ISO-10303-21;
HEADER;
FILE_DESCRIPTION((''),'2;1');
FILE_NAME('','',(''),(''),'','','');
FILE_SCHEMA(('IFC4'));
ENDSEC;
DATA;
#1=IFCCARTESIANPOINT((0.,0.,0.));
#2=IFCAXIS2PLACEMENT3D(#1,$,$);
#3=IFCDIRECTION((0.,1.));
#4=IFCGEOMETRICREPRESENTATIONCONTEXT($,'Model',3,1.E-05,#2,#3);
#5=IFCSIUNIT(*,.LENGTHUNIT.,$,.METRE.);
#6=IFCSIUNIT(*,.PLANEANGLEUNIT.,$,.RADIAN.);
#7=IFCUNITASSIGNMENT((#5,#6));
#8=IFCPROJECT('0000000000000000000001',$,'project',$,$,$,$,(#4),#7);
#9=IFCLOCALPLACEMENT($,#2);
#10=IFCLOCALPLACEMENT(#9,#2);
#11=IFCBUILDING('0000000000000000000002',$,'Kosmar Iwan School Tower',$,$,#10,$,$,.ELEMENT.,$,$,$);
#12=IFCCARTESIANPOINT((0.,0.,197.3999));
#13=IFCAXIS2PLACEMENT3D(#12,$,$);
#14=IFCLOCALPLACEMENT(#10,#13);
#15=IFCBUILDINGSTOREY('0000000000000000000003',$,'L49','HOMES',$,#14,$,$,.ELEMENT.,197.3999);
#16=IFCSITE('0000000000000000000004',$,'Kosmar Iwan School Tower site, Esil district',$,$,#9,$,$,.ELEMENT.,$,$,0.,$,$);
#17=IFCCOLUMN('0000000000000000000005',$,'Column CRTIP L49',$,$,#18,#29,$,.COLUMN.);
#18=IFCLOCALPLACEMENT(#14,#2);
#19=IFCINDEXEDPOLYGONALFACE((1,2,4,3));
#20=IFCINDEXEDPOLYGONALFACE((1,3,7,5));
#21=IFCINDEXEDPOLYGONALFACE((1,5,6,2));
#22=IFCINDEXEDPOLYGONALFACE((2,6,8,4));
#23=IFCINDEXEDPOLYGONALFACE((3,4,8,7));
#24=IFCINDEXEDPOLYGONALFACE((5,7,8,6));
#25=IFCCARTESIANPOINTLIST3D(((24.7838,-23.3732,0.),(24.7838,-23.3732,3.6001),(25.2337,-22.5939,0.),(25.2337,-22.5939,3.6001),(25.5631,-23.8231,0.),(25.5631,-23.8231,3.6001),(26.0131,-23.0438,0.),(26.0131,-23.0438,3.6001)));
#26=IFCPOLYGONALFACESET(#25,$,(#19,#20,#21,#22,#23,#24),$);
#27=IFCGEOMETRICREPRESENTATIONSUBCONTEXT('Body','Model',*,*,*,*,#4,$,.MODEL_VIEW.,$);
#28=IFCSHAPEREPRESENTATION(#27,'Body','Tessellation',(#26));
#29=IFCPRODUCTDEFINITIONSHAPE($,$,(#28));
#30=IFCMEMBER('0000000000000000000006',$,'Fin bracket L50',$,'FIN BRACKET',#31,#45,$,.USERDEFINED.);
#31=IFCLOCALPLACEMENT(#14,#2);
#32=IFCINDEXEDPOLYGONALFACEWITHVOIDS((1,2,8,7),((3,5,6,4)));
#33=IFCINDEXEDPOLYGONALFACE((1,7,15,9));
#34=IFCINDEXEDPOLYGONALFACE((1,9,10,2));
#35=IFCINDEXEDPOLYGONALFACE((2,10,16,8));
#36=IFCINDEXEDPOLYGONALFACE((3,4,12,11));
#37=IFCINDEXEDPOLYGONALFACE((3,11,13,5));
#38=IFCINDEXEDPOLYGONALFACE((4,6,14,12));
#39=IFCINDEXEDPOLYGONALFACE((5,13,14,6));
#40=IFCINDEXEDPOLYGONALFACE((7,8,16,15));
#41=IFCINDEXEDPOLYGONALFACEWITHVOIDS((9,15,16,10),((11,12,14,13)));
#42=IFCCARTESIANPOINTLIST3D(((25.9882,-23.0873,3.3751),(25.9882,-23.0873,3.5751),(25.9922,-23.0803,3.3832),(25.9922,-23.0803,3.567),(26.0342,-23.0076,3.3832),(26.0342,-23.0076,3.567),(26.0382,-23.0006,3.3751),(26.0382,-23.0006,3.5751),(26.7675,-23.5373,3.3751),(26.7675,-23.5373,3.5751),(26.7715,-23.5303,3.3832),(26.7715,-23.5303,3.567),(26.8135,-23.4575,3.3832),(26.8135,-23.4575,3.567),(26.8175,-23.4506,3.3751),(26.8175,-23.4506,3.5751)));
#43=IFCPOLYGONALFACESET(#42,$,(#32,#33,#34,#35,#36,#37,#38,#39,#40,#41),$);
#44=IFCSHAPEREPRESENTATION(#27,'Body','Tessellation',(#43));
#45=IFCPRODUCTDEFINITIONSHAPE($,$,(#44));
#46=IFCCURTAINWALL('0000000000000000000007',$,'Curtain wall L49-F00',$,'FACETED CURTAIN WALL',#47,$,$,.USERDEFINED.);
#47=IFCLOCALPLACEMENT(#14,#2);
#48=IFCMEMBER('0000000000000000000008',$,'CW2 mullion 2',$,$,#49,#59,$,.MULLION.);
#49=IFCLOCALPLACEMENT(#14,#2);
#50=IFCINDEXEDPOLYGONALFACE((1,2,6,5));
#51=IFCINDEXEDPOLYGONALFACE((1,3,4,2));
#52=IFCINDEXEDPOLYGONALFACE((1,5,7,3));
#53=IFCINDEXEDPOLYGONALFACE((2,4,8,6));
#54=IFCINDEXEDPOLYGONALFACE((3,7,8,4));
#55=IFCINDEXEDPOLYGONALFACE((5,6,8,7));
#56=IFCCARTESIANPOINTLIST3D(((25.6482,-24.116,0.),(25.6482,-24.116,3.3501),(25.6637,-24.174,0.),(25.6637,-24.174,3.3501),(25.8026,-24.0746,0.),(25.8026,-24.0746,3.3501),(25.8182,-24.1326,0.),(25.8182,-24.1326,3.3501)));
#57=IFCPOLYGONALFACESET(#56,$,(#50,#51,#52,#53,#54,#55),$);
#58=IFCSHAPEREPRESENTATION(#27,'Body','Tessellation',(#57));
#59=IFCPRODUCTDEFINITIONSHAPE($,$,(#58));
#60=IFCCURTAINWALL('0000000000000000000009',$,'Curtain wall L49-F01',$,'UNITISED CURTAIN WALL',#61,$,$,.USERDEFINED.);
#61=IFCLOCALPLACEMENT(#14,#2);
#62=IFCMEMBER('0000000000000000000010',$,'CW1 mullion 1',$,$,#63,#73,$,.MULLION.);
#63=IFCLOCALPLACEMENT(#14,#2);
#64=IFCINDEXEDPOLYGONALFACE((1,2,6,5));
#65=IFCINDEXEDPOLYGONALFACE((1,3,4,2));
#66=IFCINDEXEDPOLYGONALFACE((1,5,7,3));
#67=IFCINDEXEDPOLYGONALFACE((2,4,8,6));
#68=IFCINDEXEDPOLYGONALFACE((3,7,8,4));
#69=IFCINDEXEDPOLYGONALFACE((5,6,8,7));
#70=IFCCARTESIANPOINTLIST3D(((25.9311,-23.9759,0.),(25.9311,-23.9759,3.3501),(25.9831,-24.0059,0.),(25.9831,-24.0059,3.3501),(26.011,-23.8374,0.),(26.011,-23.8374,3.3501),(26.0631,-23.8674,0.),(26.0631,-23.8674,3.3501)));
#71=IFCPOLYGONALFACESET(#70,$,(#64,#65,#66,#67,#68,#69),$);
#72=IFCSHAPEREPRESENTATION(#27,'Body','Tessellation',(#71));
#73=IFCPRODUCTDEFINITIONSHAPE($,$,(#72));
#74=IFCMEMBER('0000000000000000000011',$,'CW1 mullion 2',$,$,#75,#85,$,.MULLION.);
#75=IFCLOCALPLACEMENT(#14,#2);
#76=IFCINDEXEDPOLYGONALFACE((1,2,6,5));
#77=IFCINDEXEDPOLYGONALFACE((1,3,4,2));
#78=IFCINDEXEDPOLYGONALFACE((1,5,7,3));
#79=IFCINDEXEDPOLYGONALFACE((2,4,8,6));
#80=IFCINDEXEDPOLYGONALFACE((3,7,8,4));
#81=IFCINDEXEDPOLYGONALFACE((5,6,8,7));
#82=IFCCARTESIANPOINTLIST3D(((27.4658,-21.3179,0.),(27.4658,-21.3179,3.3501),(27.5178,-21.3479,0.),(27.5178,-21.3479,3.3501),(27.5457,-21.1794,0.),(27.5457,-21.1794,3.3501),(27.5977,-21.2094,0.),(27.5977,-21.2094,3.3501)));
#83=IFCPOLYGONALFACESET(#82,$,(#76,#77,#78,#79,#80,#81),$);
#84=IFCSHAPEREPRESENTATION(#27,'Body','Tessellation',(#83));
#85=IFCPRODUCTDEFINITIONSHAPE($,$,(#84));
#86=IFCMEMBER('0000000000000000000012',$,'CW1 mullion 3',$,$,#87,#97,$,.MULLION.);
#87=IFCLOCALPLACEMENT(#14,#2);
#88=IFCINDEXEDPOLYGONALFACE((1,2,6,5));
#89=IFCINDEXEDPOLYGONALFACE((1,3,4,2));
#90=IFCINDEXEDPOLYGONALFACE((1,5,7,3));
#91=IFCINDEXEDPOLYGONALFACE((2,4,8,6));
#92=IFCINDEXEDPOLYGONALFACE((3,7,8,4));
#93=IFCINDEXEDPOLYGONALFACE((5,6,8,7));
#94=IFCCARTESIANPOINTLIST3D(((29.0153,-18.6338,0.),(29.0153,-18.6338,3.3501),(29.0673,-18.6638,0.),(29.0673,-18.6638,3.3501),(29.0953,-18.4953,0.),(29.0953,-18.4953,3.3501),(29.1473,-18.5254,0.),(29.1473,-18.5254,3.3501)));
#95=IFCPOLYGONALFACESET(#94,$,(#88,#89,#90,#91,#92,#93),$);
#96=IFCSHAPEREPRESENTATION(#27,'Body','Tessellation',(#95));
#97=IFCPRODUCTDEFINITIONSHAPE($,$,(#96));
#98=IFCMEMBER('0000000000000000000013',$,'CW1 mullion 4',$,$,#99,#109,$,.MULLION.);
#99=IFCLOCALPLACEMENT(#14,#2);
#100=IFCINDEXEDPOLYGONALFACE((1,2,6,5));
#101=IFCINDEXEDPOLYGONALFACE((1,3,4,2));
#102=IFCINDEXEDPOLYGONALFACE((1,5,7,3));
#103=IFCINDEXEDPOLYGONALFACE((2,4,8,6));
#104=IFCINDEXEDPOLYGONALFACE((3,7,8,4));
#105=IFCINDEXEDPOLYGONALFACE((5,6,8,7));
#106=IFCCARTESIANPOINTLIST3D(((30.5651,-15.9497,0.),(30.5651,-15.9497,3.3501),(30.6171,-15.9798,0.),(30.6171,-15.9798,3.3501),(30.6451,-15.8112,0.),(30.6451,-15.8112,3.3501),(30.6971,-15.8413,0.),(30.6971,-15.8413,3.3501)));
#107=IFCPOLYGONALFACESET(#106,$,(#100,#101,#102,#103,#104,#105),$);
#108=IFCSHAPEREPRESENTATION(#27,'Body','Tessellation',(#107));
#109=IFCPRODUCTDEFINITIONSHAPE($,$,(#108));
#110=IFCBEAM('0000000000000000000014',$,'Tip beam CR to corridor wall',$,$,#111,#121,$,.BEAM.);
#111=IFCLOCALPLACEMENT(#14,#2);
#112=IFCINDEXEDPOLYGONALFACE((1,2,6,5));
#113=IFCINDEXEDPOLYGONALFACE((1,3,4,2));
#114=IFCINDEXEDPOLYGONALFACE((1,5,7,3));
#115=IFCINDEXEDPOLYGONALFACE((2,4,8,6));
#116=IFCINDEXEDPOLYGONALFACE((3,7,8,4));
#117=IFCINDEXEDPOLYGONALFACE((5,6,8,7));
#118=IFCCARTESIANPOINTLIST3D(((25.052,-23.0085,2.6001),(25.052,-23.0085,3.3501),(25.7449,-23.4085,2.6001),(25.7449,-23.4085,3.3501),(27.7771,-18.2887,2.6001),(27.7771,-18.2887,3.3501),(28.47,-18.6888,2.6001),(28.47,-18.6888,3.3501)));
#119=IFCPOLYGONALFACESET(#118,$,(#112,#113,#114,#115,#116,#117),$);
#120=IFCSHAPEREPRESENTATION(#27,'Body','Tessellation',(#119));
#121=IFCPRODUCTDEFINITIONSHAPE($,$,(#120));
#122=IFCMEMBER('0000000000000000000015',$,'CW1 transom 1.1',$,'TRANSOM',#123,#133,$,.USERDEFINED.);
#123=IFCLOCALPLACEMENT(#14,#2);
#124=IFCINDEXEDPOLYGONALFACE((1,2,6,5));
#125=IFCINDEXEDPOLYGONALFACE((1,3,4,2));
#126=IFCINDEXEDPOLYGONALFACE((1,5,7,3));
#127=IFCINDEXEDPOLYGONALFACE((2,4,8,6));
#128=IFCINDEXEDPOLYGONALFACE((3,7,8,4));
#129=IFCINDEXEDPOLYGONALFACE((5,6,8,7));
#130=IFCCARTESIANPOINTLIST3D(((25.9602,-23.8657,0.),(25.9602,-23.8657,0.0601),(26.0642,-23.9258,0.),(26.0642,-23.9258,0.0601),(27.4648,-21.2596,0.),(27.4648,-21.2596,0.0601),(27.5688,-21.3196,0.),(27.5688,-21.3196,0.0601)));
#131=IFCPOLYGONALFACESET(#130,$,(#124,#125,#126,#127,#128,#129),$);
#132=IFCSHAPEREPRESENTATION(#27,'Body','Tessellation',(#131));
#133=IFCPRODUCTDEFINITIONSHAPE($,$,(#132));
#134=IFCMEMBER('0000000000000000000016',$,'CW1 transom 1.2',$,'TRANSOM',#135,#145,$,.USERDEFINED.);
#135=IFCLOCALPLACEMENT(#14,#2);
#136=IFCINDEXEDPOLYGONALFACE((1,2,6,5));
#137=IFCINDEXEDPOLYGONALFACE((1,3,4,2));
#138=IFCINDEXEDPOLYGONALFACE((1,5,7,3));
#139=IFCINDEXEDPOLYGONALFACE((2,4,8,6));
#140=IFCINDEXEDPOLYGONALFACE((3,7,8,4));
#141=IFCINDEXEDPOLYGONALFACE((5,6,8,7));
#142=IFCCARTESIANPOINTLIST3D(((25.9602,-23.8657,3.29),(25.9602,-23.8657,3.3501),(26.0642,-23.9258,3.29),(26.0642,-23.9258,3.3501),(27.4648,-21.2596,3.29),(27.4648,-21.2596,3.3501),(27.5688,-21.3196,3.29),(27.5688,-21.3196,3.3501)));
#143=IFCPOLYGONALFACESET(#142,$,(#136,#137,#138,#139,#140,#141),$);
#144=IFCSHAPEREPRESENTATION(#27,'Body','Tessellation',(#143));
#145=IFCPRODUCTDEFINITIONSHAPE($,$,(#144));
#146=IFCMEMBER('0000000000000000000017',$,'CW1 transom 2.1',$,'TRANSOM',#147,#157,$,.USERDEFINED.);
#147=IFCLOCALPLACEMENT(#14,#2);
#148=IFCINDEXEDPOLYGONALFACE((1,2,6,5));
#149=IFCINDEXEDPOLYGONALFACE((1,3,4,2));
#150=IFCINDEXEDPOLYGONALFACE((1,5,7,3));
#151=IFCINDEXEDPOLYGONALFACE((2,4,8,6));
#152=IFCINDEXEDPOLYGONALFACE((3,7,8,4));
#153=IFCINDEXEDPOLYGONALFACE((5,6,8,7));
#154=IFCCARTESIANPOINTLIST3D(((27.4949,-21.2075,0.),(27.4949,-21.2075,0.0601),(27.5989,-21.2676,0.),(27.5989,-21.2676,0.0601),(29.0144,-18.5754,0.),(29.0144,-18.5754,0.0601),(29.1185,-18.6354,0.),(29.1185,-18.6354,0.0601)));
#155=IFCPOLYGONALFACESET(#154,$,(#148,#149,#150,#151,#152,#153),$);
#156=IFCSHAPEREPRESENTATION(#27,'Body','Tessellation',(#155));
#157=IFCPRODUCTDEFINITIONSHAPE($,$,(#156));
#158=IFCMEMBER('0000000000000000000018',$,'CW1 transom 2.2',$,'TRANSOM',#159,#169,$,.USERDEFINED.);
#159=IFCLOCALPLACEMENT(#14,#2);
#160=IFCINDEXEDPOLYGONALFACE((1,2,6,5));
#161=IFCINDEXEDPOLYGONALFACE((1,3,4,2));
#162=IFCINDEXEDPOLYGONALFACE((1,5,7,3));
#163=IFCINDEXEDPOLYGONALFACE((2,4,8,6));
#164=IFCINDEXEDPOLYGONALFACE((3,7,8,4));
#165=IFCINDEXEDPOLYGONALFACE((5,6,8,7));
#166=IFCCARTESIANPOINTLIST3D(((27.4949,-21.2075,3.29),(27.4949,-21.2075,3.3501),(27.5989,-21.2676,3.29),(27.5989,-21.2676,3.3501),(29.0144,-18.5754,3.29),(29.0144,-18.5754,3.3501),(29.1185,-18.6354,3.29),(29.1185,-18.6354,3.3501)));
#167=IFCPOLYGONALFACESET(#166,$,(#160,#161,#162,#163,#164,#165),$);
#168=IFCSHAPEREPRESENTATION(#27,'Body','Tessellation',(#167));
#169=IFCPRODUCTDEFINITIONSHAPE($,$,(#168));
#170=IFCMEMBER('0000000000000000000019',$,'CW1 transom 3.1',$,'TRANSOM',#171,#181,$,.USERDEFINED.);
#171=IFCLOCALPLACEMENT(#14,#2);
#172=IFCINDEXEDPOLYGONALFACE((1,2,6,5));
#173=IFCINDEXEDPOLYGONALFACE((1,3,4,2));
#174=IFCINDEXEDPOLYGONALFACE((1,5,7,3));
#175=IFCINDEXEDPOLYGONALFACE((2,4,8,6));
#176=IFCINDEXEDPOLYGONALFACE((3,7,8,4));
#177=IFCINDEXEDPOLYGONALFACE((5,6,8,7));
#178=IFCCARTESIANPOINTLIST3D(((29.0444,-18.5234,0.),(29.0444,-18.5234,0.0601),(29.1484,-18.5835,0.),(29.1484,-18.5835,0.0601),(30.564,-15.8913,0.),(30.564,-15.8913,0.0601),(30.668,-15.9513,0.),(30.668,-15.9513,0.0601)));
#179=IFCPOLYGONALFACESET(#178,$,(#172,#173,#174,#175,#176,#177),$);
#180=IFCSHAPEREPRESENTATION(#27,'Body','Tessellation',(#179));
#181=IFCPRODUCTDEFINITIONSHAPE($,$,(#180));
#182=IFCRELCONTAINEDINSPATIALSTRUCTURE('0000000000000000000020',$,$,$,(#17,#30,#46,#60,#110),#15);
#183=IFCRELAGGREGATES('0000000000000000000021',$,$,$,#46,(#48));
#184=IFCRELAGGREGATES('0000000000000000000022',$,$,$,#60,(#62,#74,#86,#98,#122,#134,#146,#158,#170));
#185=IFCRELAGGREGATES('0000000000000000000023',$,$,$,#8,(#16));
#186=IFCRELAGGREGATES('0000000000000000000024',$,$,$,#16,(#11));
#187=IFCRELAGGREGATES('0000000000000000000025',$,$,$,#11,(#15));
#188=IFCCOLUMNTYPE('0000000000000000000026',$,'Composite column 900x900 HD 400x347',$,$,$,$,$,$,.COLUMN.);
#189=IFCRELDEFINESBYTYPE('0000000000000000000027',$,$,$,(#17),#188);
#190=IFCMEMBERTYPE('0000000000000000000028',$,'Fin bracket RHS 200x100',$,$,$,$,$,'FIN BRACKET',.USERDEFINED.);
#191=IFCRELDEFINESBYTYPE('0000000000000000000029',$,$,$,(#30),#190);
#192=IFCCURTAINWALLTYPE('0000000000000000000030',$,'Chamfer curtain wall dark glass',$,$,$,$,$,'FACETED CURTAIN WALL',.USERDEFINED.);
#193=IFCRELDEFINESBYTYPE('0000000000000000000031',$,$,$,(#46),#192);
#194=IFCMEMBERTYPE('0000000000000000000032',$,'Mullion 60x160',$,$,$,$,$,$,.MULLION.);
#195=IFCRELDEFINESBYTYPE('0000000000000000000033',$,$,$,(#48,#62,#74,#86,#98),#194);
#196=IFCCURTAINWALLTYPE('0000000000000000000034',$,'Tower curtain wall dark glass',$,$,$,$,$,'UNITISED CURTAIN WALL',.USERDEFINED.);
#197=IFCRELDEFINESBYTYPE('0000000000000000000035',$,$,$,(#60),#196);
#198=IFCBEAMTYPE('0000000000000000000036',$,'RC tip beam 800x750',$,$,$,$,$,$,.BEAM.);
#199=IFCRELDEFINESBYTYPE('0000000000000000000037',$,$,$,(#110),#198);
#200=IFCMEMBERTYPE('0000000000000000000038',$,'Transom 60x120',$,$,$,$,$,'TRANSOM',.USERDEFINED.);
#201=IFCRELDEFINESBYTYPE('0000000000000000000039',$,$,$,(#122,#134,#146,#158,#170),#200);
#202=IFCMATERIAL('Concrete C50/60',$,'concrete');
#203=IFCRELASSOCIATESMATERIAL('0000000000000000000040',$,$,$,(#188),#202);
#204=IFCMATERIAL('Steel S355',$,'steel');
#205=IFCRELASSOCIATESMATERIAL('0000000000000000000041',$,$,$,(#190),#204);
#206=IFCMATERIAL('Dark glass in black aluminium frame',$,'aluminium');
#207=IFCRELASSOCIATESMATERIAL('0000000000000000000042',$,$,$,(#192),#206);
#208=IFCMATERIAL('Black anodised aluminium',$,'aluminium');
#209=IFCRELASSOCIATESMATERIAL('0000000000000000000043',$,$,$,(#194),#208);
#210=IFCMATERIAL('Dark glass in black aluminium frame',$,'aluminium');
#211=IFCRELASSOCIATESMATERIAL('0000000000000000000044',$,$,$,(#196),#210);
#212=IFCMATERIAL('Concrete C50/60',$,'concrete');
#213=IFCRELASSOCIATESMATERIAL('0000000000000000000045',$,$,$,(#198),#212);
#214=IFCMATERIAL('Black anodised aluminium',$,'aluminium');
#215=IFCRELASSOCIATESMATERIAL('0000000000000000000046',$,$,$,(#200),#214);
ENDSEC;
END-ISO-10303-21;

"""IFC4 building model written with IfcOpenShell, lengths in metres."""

from ifc_helpers import new_model, si_unit, direction, frame, origin, origin_2d, place, context, subcontext, project, spatial, rectangle, hollow_rectangle, extrude, material, material_profile, profile_set, type_object, element, aggregate, save


model = new_model("IFC4")

# Units and contexts
model_context = context("Model", 3, precision=1e-05, world=origin(), true_north=direction((0.0, 1.0)))
body_context = subcontext(model_context, "Body", "Model", "MODEL_VIEW")
ifc_project = project(units=[si_unit("LENGTHUNIT", "METRE"), si_unit("PLANEANGLEUNIT", "RADIAN")], contexts=[model_context])

# Site, building, storey
site_placement = place(None, origin())
site = spatial("IfcSite", under=ifc_project, at=site_placement, Name="Kosmar Iwan School Tower site, Esil district", CompositionType="ELEMENT", RefElevation=0.0)
building_placement = place(site_placement, origin())
building = spatial("IfcBuilding", under=site, at=building_placement, Name="Kosmar Iwan School Tower", CompositionType="ELEMENT")
storey_placement = place(building_placement, frame((0.0, 0.0, 197.3999)))
storey = spatial("IfcBuildingStorey", under=building, at=storey_placement, Name="L49", Description="HOMES", CompositionType="ELEMENT", Elevation=197.3999)

# Column
ifc_material_1 = material(Name="Concrete C50/60", Category="concrete")
ifc_material_profile_1 = material_profile(ifc_material_1, rectangle(XDim=0.8999, YDim=0.8999, at=origin_2d()), Name="RC 900x900 + HD 400x347")
ifc_profile_set_1 = profile_set([ifc_material_profile_1], Name="Concrete C50/60")
column_type = type_object("IfcColumnType", Name="Composite column 900x900 HD 400x347", PredefinedType="COLUMN", material=ifc_profile_set_1)
column_placement = place(storey_placement, frame((25.3984, -23.2085, 0.0), z_axis=(0.0, 0.0, 1.0), x_axis=(0.866025, -0.5, 0.0)))
element("IfcColumn", 1, at=column_placement, inside=storey, type_object=column_type, Name="Column CRTIP L49", PredefinedType="COLUMN", context=body_context, shape_type="SweptSolid", body=[
    extrude(rectangle(XDim=0.8999, YDim=0.8999, at=origin_2d()), origin(), (0.0, 0.0, 1.0), 3.6001),
])

# Member
ifc_material_2 = material(Name="Steel S355", Category="steel")
ifc_material_profile_2 = material_profile(ifc_material_2, hollow_rectangle(XDim=0.1001, YDim=0.2, WallThickness=0.0081, at=origin_2d()), Name="RHS 200x100x8")
ifc_profile_set_2 = profile_set([ifc_material_profile_2], Name="Steel S355")
member_type_1 = type_object("IfcMemberType", Name="Fin bracket RHS 200x100", ElementType="FIN BRACKET", PredefinedType="USERDEFINED", material=ifc_profile_set_2)
member_1_placement = place(storey_placement, frame((26.0132, -23.0439, 3.4751), z_axis=(0.866014, -0.50002, 0.0), x_axis=(0.50002, 0.866014, 0.0)))
element("IfcMember", 2, at=member_1_placement, inside=storey, type_object=member_type_1, Name="Fin bracket L50", ObjectType="FIN BRACKET", PredefinedType="USERDEFINED", context=body_context, shape_type="SweptSolid", body=[
    extrude(hollow_rectangle(XDim=0.1001, YDim=0.2, WallThickness=0.0081, at=origin_2d()), origin(), (0.0, 0.0, 1.0), 0.8999),
])

# Curtain wall, member
ifc_material_3 = material(Name="Dark glass in black aluminium frame", Category="aluminium")
curtain_wall_type_1 = type_object("IfcCurtainWallType", Name="Chamfer curtain wall dark glass", ElementType="FACETED CURTAIN WALL", PredefinedType="USERDEFINED", material=ifc_material_3)
curtain_wall_1_placement = place(storey_placement, origin())
curtain_wall_1 = element("IfcCurtainWall", 3, at=curtain_wall_1_placement, inside=storey, type_object=curtain_wall_type_1, Name="Curtain wall L49-F00", ObjectType="FACETED CURTAIN WALL", PredefinedType="USERDEFINED")
ifc_material_4 = material(Name="Black anodised aluminium", Category="aluminium")
ifc_material_profile_3 = material_profile(ifc_material_4, rectangle(XDim=0.0601, YDim=0.1599, at=origin_2d()), Name="MULLION 60x160")
ifc_profile_set_3 = profile_set([ifc_material_profile_3], Name="Black anodised aluminium")
member_type_2 = type_object("IfcMemberType", Name="Mullion 60x160", PredefinedType="MULLION", material=ifc_profile_set_3)
member_2_placement = place(storey_placement, frame((25.7332, -24.1243, 0.0), z_axis=(0.0, 0.0, 1.0), x_axis=(-0.258819, 0.965926, 0.0)))
member_2 = element("IfcMember", 4, at=member_2_placement, type_object=member_type_2, Name="CW2 mullion 2", PredefinedType="MULLION", context=body_context, shape_type="SweptSolid", body=[
    extrude(rectangle(XDim=0.0601, YDim=0.1599, at=origin_2d()), origin(), (0.0, 0.0, 1.0), 3.3501),
])

# Curtain wall, members
ifc_material_5 = material(Name="Dark glass in black aluminium frame", Category="aluminium")
curtain_wall_type_2 = type_object("IfcCurtainWallType", Name="Tower curtain wall dark glass", ElementType="UNITISED CURTAIN WALL", PredefinedType="USERDEFINED", material=ifc_material_5)
curtain_wall_2_placement = place(storey_placement, origin())
curtain_wall_2 = element("IfcCurtainWall", 5, at=curtain_wall_2_placement, inside=storey, type_object=curtain_wall_type_2, Name="Curtain wall L49-F01", ObjectType="UNITISED CURTAIN WALL", PredefinedType="USERDEFINED")
member_3_placement = place(storey_placement, frame((25.9971, -23.9216, 0.0), z_axis=(0.0, 0.0, 1.0), x_axis=(-0.866025, 0.5, 0.0)))
member_3 = element("IfcMember", 6, at=member_3_placement, type_object=member_type_2, Name="CW1 mullion 1", PredefinedType="MULLION", context=body_context, shape_type="SweptSolid", body=[
    extrude(rectangle(XDim=0.0601, YDim=0.1599, at=origin_2d()), origin(), (0.0, 0.0, 1.0), 3.3501),
])
member_4_placement = place(storey_placement, frame((27.5317, -21.2637, 0.0), z_axis=(0.0, 0.0, 1.0), x_axis=(-0.866025, 0.5, 0.0)))
member_4 = element("IfcMember", 7, at=member_4_placement, type_object=member_type_2, Name="CW1 mullion 2", PredefinedType="MULLION", context=body_context, shape_type="SweptSolid", body=[
    extrude(rectangle(XDim=0.0601, YDim=0.1599, at=origin_2d()), origin(), (0.0, 0.0, 1.0), 3.3501),
])
member_5_placement = place(storey_placement, frame((29.0813, -18.5796, 0.0), z_axis=(0.0, 0.0, 1.0), x_axis=(-0.866025, 0.5, 0.0)))
member_5 = element("IfcMember", 8, at=member_5_placement, type_object=member_type_2, Name="CW1 mullion 3", PredefinedType="MULLION", context=body_context, shape_type="SweptSolid", body=[
    extrude(rectangle(XDim=0.0601, YDim=0.1599, at=origin_2d()), origin(), (0.0, 0.0, 1.0), 3.3501),
])
member_6_placement = place(storey_placement, frame((30.6311, -15.8955, 0.0), z_axis=(0.0, 0.0, 1.0), x_axis=(-0.866025, 0.5, 0.0)))
member_6 = element("IfcMember", 9, at=member_6_placement, type_object=member_type_2, Name="CW1 mullion 4", PredefinedType="MULLION", context=body_context, shape_type="SweptSolid", body=[
    extrude(rectangle(XDim=0.0601, YDim=0.1599, at=origin_2d()), origin(), (0.0, 0.0, 1.0), 3.3501),
])

# Beam
ifc_material_6 = material(Name="Concrete C50/60", Category="concrete")
ifc_material_profile_4 = material_profile(ifc_material_6, rectangle(XDim=0.8, YDim=0.75, at=origin_2d()), Name="RC 800x750")
ifc_profile_set_4 = profile_set([ifc_material_profile_4], Name="Concrete C50/60")
beam_type = type_object("IfcBeamType", Name="RC tip beam 800x750", PredefinedType="BEAM", material=ifc_profile_set_4)
beam_placement = place(storey_placement, frame((25.3984, -23.2085, 2.9751), z_axis=(0.500022, 0.866013, 0.0), x_axis=(-0.866013, 0.500022, 0.0)))
element("IfcBeam", 10, at=beam_placement, inside=storey, type_object=beam_type, Name="Tip beam CR to corridor wall", PredefinedType="BEAM", context=body_context, shape_type="SweptSolid", body=[
    extrude(rectangle(XDim=0.8, YDim=0.75, at=origin_2d()), origin(), (0.0, 0.0, 1.0), 5.45),
])

# Members
ifc_material_7 = material(Name="Black anodised aluminium", Category="aluminium")
ifc_material_profile_5 = material_profile(ifc_material_7, rectangle(XDim=0.1201, YDim=0.0601, at=origin_2d()), Name="TRANSOM 60x120")
ifc_profile_set_5 = profile_set([ifc_material_profile_5], Name="Black anodised aluminium")
member_type_3 = type_object("IfcMemberType", Name="Transom 60x120", ElementType="TRANSOM", PredefinedType="USERDEFINED", material=ifc_profile_set_5)
member_7_placement = place(storey_placement, frame((26.0122, -23.8958, 0.03), z_axis=(0.499987, 0.866033, 0.0), x_axis=(-0.866033, 0.499987, 0.0)))
member_7 = element("IfcMember", 11, at=member_7_placement, type_object=member_type_3, Name="CW1 transom 1.1", ObjectType="TRANSOM", PredefinedType="USERDEFINED", context=body_context, shape_type="SweptSolid", body=[
    extrude(rectangle(XDim=0.1201, YDim=0.0601, at=origin_2d()), origin(), (0.0, 0.0, 1.0), 3.0093),
])
member_8_placement = place(storey_placement, frame((26.0122, -23.8958, 3.3201), z_axis=(0.499987, 0.866033, 0.0), x_axis=(-0.866033, 0.499987, 0.0)))
member_8 = element("IfcMember", 12, at=member_8_placement, type_object=member_type_3, Name="CW1 transom 1.2", ObjectType="TRANSOM", PredefinedType="USERDEFINED", context=body_context, shape_type="SweptSolid", body=[
    extrude(rectangle(XDim=0.1201, YDim=0.0601, at=origin_2d()), origin(), (0.0, 0.0, 1.0), 3.0093),
])
member_9_placement = place(storey_placement, frame((27.5469, -21.2375, 0.03), z_axis=(0.499975, 0.86604, 0.0), x_axis=(-0.86604, 0.499975, 0.0)))
member_9 = element("IfcMember", 13, at=member_9_placement, type_object=member_type_3, Name="CW1 transom 2.1", ObjectType="TRANSOM", PredefinedType="USERDEFINED", context=body_context, shape_type="SweptSolid", body=[
    extrude(rectangle(XDim=0.1201, YDim=0.0601, at=origin_2d()), origin(), (0.0, 0.0, 1.0), 3.0393),
])
member_10_placement = place(storey_placement, frame((27.5469, -21.2375, 3.3201), z_axis=(0.499975, 0.86604, 0.0), x_axis=(-0.86604, 0.499975, 0.0)))
member_10 = element("IfcMember", 14, at=member_10_placement, type_object=member_type_3, Name="CW1 transom 2.2", ObjectType="TRANSOM", PredefinedType="USERDEFINED", context=body_context, shape_type="SweptSolid", body=[
    extrude(rectangle(XDim=0.1201, YDim=0.0601, at=origin_2d()), origin(), (0.0, 0.0, 1.0), 3.0393),
])
member_11_placement = place(storey_placement, frame((29.0964, -18.5535, 0.03), z_axis=(0.499975, 0.86604, 0.0), x_axis=(-0.86604, 0.499975, 0.0)))
member_11 = element("IfcMember", 15, at=member_11_placement, type_object=member_type_3, Name="CW1 transom 3.1", ObjectType="TRANSOM", PredefinedType="USERDEFINED", context=body_context, shape_type="SweptSolid", body=[
    extrude(rectangle(XDim=0.1201, YDim=0.0601, at=origin_2d()), origin(), (0.0, 0.0, 1.0), 3.0393),
])

aggregate(curtain_wall_1, [member_2])
aggregate(curtain_wall_2, [member_3, member_4, member_5, member_6, member_7, member_8, member_9, member_10, member_11])

save(model, "model.ifc")
